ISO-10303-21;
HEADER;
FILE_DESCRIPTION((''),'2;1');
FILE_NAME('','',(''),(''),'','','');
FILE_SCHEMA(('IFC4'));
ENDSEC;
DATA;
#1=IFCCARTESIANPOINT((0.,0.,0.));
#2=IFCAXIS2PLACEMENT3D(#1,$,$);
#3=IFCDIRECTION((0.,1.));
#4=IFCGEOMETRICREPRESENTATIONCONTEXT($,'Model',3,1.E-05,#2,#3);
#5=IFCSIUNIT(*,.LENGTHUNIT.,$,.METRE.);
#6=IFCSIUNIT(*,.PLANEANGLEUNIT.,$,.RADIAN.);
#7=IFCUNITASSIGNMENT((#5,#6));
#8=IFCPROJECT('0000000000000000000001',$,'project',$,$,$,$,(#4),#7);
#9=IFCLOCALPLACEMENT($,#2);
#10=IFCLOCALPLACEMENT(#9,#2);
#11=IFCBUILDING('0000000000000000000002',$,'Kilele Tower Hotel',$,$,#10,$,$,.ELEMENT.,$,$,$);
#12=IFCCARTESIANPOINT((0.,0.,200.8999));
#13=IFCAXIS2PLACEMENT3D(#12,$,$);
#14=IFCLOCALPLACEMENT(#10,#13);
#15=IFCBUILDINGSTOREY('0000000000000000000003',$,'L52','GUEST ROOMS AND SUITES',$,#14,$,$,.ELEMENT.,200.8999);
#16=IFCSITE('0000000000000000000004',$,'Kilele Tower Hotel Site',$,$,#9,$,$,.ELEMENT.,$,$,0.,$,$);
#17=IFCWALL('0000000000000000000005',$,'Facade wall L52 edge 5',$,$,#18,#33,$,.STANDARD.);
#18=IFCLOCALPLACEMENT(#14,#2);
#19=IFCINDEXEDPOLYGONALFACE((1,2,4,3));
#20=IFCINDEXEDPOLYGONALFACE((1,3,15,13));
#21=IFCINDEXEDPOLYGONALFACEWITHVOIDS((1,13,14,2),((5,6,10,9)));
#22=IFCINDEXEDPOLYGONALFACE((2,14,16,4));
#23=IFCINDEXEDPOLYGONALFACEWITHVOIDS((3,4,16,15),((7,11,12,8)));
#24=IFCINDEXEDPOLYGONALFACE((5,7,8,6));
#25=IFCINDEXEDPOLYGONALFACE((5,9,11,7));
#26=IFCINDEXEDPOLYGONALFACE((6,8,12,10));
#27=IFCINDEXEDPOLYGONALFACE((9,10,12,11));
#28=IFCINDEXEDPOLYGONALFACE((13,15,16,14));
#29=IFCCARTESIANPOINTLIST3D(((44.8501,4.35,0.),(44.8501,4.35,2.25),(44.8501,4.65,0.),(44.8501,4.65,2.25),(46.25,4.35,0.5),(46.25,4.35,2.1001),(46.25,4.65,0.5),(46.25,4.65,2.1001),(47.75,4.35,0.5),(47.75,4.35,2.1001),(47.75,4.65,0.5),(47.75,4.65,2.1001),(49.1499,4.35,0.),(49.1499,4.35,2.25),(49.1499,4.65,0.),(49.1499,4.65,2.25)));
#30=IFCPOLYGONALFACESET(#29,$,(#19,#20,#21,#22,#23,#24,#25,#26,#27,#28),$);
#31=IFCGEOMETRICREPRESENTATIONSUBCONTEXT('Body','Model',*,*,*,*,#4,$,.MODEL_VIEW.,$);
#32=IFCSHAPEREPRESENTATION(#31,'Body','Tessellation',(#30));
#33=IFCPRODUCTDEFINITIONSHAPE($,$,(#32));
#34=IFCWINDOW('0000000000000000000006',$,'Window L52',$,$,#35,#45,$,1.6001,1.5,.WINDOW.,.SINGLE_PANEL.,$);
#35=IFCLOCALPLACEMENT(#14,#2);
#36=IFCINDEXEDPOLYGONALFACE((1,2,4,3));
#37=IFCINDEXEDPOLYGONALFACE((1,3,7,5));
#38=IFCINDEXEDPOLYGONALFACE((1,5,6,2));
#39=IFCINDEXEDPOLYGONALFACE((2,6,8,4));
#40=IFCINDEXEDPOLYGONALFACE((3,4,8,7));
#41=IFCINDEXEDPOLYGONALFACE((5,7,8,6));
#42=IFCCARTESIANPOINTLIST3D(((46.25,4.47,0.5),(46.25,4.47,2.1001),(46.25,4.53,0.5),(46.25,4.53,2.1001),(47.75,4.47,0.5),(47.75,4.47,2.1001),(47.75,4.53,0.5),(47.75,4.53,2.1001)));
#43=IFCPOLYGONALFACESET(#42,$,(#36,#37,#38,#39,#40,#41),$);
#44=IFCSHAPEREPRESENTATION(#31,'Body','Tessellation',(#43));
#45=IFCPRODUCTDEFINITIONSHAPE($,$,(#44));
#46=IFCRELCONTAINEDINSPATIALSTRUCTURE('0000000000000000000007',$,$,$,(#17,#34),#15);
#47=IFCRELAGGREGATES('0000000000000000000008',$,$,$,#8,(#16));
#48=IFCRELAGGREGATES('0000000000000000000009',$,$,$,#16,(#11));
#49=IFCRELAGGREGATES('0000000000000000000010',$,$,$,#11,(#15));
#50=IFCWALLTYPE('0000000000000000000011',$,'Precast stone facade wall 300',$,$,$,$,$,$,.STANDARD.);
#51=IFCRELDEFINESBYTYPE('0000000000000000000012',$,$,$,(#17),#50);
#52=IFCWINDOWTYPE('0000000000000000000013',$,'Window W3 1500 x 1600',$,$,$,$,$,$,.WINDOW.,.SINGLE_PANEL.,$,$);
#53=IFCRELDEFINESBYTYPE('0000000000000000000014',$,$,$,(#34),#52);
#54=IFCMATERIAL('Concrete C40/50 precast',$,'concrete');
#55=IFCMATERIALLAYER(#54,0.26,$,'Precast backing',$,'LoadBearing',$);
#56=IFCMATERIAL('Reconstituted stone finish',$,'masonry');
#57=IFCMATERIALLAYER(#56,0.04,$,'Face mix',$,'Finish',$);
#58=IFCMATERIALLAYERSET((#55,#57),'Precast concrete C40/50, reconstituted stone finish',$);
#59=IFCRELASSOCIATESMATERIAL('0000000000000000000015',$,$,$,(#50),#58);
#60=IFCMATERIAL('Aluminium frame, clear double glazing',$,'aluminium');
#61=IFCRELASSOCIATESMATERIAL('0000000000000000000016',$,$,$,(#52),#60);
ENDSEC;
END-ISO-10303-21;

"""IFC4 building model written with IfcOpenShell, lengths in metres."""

from ifc_helpers import new_model, si_unit, direction, frame, frame_2d, origin, place, context, subcontext, project, spatial, rectangle, extrude, material, layer, layer_set, type_object, element, fill, save


model = new_model("IFC4")

# Units and contexts
model_context = context("Model", 3, precision=1e-05, world=origin(), true_north=direction((0.0, 1.0)))
body_context = subcontext(model_context, "Body", "Model", "MODEL_VIEW")
ifc_project = project(units=[si_unit("LENGTHUNIT", "METRE"), si_unit("PLANEANGLEUNIT", "RADIAN")], contexts=[model_context])

# Site, building, storey
site_placement = place(None, origin())
site = spatial("IfcSite", under=ifc_project, at=site_placement, Name="Kilele Tower Hotel Site", CompositionType="ELEMENT", RefElevation=0.0)
building_placement = place(site_placement, origin())
building = spatial("IfcBuilding", under=site, at=building_placement, Name="Kilele Tower Hotel", CompositionType="ELEMENT")
storey_placement = place(building_placement, frame((0.0, 0.0, 200.8999)))
storey = spatial("IfcBuildingStorey", under=building, at=storey_placement, Name="L52", Description="GUEST ROOMS AND SUITES", CompositionType="ELEMENT", Elevation=200.8999)

# Wall, opening, window
ifc_material_1 = material(Name="Concrete C40/50 precast", Category="concrete")
ifc_layer_1 = layer(ifc_material_1, 0.26, Name="Precast backing", Category="LoadBearing")
ifc_material_2 = material(Name="Reconstituted stone finish", Category="masonry")
ifc_layer_2 = layer(ifc_material_2, 0.04, Name="Face mix", Category="Finish")
ifc_layer_set_1 = layer_set([ifc_layer_1, ifc_layer_2], Name="Precast concrete C40/50, reconstituted stone finish")
wall_type_1 = type_object("IfcWallType", Name="Precast stone facade wall 300", PredefinedType="STANDARD", material=ifc_layer_set_1)
wall_1_placement = place(storey_placement, frame((44.8501, 4.5, 0.0), z_axis=(0.0, 0.0, 1.0), x_axis=(1.0, 0.0, 0.0)))
wall_1 = element("IfcWall", 1, at=wall_1_placement, inside=storey, type_object=wall_type_1, Name="Facade wall L52 edge 5", PredefinedType="STANDARD", context=body_context, shape_type="SweptSolid", body=[
    extrude(rectangle(XDim=4.2998, YDim=0.3, at=frame_2d((2.1499, 0.0))), origin(), (0.0, 0.0, 1.0), 2.25),
])
opening_1_placement = place(wall_1_placement, frame((1.3999, 0.0, 0.5)))
opening_1 = element("IfcOpeningElement", 2, at=opening_1_placement, cuts=wall_1, PredefinedType="OPENING", context=body_context, shape_type="SweptSolid", body=[
    extrude(rectangle(XDim=1.5, YDim=1.6001, at=frame_2d((0.75, 0.8))), frame((0.0, 0.1599, 0.0), z_axis=(0.0, -1.0, 0.0), x_axis=(1.0, 0.0, 0.0)), (0.0, 0.0, 1.0), 0.3201),
])
ifc_material_3 = material(Name="Aluminium frame, clear double glazing", Category="aluminium")
window_type_1 = type_object("IfcWindowType", Name="Window W3 1500 x 1600", PartitioningType="SINGLE_PANEL", PredefinedType="WINDOW", material=ifc_material_3)
window_1_placement = place(opening_1_placement, origin())
window_1 = element("IfcWindow", 3, at=window_1_placement, inside=storey, type_object=window_type_1, Name="Window L52", OverallHeight=1.6001, OverallWidth=1.5, PartitioningType="SINGLE_PANEL", PredefinedType="WINDOW", context=body_context, shape_type="SweptSolid", body=[
    extrude(rectangle(XDim=1.5, YDim=1.6001, at=frame_2d((0.75, 0.8))), frame((0.0, 0.03, 0.0), z_axis=(0.0, -1.0, 0.0), x_axis=(1.0, 0.0, 0.0)), (0.0, 0.0, 1.0), 0.0601),
])
fill(opening_1, window_1)

save(model, "model.ifc")
